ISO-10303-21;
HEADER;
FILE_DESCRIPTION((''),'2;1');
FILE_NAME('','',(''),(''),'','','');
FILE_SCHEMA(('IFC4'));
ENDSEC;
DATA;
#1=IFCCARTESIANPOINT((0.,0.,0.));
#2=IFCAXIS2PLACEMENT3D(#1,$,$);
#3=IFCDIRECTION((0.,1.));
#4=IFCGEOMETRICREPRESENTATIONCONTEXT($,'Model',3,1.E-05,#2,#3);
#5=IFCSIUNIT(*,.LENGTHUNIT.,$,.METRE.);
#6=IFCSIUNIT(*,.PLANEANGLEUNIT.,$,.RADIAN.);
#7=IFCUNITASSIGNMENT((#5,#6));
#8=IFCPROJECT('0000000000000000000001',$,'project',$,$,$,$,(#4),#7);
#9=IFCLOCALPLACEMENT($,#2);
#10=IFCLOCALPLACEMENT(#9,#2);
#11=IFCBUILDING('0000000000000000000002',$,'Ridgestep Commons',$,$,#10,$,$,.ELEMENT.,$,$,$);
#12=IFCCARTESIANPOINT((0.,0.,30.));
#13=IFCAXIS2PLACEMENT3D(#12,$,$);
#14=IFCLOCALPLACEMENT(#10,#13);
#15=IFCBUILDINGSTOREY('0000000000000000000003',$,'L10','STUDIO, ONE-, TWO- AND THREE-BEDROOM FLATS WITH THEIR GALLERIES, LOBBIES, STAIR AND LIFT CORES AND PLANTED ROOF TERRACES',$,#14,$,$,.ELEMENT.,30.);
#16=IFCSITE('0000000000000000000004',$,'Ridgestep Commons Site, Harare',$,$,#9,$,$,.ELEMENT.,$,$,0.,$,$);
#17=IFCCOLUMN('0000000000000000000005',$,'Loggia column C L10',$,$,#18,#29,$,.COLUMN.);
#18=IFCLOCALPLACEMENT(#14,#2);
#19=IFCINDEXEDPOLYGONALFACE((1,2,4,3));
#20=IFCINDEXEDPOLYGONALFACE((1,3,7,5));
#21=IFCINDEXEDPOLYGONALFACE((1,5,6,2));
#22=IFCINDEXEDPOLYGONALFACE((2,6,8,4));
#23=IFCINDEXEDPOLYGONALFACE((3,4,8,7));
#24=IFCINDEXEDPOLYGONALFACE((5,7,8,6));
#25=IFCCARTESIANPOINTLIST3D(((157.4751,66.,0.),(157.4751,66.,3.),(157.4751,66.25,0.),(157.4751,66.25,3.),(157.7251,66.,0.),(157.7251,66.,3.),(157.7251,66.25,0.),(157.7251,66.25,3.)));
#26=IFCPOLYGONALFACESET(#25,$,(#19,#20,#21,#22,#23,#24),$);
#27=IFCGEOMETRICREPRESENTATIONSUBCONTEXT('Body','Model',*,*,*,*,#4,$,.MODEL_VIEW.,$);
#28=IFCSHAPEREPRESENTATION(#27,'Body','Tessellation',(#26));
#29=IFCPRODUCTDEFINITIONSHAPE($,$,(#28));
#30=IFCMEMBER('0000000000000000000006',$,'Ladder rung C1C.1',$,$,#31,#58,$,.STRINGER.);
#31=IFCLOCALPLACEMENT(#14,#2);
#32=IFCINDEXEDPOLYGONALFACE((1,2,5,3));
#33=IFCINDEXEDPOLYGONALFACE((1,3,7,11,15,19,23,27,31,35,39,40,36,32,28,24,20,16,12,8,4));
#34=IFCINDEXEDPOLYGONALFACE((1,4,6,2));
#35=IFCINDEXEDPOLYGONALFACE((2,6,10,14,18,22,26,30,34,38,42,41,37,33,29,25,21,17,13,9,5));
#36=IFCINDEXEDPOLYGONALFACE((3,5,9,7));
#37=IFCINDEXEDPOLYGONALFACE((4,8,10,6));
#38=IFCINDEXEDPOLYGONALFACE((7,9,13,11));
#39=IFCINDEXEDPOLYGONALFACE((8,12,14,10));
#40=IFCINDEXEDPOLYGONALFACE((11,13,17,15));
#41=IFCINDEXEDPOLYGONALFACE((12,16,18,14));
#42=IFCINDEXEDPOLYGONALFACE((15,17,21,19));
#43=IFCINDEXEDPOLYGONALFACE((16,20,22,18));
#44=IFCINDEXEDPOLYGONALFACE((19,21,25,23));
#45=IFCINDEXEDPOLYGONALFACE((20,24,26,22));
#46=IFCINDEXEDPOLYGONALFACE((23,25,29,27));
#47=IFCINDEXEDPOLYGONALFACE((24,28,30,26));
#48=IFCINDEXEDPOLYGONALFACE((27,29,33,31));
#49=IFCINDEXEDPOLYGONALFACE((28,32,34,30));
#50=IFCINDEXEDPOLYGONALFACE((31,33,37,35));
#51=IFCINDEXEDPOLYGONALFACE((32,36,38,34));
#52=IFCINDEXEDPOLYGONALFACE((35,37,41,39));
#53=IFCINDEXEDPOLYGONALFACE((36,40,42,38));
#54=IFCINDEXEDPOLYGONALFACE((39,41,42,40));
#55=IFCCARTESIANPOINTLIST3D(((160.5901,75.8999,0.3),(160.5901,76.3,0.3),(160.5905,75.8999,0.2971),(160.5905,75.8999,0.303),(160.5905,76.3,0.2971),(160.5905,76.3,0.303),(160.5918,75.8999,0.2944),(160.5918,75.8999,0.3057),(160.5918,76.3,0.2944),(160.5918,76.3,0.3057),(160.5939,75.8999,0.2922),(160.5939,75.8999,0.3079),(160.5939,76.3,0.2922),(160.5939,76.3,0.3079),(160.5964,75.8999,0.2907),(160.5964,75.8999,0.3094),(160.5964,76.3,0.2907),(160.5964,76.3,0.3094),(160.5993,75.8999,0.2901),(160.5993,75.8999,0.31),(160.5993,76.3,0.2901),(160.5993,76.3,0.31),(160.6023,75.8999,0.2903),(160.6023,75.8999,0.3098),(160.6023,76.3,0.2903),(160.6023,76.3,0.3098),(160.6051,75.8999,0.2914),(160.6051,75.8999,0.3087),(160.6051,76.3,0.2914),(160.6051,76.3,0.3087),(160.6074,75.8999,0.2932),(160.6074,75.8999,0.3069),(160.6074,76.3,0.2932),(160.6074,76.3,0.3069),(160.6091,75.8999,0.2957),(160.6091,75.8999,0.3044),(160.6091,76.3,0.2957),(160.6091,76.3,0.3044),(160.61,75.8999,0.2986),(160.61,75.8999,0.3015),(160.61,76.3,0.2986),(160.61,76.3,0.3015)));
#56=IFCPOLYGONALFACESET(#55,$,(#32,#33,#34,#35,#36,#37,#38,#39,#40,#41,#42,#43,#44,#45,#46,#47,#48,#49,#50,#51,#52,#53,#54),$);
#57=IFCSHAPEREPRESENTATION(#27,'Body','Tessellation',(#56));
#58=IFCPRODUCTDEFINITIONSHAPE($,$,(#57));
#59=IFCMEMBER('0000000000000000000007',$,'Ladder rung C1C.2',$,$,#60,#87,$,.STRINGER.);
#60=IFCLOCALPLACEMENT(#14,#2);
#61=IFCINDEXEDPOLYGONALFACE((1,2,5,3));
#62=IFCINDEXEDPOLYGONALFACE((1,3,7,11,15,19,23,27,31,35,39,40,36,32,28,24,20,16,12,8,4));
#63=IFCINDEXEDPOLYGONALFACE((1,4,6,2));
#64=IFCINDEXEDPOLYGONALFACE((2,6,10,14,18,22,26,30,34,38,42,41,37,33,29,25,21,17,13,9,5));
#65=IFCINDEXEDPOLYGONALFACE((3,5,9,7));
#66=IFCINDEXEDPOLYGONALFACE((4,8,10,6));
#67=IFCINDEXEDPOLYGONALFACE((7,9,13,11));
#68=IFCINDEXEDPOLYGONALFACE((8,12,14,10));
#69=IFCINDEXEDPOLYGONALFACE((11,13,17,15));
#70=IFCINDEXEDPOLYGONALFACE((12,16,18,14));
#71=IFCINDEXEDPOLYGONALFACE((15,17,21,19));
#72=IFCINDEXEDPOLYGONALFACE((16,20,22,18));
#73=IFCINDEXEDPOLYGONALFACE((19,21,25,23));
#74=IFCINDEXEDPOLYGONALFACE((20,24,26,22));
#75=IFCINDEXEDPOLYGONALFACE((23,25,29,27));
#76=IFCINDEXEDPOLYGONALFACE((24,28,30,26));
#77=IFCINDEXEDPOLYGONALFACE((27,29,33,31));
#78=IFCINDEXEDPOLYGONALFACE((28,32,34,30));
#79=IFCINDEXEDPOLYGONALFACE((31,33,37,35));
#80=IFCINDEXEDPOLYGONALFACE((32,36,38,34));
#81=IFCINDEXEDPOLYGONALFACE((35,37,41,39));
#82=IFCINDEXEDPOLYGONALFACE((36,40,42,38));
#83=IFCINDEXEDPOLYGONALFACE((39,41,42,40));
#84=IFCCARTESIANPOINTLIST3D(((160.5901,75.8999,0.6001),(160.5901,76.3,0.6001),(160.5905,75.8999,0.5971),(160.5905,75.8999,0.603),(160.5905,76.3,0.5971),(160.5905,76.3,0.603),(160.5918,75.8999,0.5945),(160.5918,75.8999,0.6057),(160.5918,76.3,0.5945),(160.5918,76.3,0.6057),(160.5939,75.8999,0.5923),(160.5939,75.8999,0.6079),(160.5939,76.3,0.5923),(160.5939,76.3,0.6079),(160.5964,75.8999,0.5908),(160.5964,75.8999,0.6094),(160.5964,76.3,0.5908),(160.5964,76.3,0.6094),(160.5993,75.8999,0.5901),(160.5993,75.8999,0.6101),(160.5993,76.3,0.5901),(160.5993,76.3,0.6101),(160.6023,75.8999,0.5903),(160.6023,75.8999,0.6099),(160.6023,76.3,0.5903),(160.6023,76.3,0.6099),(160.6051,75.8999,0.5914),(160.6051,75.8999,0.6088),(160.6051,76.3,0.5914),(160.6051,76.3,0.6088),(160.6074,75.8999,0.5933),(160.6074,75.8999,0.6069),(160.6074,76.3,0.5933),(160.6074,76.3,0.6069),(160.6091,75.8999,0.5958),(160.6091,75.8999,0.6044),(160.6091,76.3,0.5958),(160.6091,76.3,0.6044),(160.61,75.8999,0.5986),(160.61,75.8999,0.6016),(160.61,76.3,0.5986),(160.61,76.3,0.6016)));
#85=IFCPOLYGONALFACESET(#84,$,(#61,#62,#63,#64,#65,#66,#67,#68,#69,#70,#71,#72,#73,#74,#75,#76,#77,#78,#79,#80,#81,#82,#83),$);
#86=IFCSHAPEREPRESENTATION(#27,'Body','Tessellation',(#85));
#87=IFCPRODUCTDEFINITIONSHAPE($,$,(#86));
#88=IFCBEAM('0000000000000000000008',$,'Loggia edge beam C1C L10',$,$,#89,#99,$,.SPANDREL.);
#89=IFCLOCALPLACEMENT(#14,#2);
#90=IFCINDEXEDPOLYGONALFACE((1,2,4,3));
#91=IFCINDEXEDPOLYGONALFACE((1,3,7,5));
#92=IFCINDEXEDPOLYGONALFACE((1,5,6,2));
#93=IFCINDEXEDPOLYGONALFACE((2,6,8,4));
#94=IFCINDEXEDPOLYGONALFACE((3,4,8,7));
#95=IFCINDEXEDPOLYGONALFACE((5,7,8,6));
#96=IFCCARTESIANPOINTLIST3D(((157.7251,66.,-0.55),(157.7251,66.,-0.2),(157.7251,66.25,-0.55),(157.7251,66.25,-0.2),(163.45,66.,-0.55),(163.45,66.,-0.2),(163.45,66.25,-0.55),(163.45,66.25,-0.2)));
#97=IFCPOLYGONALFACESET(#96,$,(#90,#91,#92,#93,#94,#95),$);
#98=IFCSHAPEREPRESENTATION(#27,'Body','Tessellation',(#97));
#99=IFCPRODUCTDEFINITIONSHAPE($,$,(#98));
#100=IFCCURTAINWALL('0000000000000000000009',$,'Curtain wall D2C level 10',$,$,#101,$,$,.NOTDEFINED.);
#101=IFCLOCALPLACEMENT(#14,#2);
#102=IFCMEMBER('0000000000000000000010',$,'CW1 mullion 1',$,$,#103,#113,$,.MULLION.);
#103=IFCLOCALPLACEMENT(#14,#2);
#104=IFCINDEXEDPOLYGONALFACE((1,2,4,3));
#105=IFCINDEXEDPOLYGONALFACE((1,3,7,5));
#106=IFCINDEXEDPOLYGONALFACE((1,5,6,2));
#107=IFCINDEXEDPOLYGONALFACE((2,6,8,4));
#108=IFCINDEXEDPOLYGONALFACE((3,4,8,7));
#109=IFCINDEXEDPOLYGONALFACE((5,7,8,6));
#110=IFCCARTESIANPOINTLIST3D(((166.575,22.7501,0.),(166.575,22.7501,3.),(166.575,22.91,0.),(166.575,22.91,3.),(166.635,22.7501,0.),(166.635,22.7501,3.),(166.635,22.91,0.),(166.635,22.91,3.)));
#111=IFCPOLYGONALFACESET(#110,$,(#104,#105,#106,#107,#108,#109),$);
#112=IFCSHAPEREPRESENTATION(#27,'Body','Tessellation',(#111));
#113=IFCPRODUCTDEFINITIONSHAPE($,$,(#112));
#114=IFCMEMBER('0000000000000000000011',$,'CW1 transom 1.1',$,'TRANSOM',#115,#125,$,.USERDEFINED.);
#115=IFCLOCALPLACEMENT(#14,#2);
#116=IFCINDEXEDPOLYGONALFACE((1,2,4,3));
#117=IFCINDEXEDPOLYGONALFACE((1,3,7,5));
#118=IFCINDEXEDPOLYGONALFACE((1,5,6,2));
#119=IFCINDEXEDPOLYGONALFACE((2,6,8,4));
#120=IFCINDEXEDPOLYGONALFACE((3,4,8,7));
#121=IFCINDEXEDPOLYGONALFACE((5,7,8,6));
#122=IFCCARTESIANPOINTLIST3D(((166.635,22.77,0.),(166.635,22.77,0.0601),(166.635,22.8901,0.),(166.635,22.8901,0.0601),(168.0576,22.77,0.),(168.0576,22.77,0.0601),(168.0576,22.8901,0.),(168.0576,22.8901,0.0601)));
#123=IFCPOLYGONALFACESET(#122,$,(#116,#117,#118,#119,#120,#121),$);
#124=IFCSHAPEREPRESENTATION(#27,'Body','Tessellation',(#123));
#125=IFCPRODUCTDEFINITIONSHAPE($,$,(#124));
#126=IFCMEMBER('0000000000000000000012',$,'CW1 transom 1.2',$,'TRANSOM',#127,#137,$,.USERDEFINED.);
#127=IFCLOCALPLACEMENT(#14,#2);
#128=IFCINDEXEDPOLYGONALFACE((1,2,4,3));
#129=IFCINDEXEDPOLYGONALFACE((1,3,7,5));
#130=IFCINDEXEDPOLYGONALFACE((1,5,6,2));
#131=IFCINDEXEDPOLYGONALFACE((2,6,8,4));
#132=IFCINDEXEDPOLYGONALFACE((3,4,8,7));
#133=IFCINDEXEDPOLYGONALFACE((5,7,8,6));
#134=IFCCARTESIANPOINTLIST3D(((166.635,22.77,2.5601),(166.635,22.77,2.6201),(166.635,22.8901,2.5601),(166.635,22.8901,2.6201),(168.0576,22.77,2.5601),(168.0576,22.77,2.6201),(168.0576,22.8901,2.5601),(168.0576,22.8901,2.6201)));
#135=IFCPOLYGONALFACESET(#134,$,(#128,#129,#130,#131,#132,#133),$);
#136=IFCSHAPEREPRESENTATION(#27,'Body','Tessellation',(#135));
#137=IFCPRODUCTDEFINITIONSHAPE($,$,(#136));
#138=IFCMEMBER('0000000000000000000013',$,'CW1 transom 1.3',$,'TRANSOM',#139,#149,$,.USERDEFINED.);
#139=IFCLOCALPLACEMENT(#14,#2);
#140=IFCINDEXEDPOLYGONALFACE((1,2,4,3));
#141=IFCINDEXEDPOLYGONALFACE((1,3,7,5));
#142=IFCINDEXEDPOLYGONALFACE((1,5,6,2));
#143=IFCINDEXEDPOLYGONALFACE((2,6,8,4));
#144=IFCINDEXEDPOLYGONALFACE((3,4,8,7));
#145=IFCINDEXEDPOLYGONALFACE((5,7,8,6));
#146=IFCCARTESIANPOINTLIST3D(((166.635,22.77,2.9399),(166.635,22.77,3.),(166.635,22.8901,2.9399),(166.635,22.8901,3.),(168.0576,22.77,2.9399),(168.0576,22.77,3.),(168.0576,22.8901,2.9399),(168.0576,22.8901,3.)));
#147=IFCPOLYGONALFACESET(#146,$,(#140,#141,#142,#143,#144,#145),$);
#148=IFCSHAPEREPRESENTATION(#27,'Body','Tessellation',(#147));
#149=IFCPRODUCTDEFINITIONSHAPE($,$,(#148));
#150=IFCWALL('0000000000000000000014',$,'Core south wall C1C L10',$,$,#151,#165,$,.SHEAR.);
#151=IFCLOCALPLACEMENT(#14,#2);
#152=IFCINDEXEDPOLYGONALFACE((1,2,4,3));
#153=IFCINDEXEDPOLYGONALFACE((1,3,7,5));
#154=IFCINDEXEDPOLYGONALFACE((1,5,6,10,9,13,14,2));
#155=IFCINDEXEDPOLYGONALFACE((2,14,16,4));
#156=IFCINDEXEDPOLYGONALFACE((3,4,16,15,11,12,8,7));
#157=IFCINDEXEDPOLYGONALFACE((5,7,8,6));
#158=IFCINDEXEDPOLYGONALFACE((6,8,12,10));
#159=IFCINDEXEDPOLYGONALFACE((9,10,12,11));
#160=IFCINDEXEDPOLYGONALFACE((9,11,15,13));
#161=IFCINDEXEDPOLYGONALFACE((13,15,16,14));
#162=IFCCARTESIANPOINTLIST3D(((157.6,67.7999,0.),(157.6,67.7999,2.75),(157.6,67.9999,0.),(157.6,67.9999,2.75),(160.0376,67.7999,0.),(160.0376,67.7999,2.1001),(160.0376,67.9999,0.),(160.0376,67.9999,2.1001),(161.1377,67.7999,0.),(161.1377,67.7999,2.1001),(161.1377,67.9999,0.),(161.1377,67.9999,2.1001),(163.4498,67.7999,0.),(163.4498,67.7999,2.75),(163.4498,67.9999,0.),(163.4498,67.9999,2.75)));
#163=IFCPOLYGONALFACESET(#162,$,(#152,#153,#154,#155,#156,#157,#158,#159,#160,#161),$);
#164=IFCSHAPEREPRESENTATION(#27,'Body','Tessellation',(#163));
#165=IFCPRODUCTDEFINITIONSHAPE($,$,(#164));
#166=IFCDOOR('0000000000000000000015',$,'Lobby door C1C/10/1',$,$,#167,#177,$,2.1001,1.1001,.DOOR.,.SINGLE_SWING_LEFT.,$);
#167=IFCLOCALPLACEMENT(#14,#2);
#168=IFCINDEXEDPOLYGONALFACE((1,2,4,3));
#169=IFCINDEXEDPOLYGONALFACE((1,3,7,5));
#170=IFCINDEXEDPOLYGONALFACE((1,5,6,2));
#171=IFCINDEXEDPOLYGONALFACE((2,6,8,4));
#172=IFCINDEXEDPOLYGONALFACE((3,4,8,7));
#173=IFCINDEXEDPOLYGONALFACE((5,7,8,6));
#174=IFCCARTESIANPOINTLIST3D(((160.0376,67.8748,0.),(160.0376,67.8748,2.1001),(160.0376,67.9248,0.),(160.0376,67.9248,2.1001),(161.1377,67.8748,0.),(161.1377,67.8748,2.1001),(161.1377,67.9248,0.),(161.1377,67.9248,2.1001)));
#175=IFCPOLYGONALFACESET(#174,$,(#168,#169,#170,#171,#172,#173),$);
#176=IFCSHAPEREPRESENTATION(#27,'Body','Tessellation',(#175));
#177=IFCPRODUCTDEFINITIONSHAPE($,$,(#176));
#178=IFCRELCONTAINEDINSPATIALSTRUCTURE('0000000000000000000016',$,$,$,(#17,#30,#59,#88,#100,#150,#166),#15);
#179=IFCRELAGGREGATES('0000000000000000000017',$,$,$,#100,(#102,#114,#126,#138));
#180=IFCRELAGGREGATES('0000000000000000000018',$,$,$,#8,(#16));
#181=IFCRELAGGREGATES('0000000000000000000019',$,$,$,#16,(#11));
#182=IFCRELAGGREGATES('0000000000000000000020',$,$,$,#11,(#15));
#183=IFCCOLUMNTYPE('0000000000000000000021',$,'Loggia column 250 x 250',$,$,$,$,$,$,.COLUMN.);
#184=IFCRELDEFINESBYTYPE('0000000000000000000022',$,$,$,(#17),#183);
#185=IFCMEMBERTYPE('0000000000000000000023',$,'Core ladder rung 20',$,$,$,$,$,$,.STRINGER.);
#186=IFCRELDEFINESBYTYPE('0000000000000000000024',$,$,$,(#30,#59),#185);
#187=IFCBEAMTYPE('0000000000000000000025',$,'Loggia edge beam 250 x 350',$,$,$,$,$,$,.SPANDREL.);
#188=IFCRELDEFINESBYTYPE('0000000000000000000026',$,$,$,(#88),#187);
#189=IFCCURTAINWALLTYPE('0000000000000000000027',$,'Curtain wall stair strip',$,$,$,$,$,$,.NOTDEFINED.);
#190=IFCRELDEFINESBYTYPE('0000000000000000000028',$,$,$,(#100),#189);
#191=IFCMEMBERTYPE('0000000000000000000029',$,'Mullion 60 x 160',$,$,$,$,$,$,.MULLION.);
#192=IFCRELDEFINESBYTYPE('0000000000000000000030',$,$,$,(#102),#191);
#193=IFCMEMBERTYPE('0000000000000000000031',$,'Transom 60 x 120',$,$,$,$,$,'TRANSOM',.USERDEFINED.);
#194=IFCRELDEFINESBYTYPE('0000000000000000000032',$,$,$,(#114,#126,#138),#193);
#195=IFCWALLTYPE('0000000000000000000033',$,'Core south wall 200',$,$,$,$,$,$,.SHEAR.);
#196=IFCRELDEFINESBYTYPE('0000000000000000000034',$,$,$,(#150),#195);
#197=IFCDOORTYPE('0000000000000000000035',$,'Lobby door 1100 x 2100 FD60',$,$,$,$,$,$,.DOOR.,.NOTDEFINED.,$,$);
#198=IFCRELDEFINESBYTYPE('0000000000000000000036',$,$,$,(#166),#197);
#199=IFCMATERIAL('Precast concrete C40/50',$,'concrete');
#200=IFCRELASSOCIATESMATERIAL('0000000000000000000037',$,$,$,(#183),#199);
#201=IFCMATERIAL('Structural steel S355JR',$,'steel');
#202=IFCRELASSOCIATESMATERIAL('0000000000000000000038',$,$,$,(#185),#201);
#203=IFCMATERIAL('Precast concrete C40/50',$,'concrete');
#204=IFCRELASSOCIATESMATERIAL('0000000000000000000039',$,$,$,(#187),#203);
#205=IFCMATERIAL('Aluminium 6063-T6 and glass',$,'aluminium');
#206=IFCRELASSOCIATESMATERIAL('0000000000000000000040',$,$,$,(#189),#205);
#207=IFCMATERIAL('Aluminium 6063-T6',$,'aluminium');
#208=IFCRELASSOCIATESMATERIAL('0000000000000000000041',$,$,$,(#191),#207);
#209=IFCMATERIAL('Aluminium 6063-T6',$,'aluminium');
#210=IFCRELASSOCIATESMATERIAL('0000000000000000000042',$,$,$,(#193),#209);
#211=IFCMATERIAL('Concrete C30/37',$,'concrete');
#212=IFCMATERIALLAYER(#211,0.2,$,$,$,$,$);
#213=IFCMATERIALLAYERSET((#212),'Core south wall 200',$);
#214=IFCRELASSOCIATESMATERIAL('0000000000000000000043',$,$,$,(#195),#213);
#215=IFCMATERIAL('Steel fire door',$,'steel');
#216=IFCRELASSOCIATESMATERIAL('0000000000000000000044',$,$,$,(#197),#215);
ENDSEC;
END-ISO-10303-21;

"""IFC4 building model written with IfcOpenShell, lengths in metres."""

from ifc_helpers import new_model, si_unit, direction, frame, frame_2d, origin, origin_2d, place, context, subcontext, project, spatial, rectangle, circle, extrude, material, layer, layer_set, material_profile, profile_set, type_object, element, fill, aggregate, save


model = new_model("IFC4")

# Units and contexts
model_context = context("Model", 3, precision=1e-05, world=origin(), true_north=direction((0.0, 1.0)))
body_context = subcontext(model_context, "Body", "Model", "MODEL_VIEW")
ifc_project = project(units=[si_unit("LENGTHUNIT", "METRE"), si_unit("PLANEANGLEUNIT", "RADIAN")], contexts=[model_context])

# Site, building, storey
site_placement = place(None, origin())
site = spatial("IfcSite", under=ifc_project, at=site_placement, Name="Ridgestep Commons Site, Harare", CompositionType="ELEMENT", RefElevation=0.0)
building_placement = place(site_placement, origin())
building = spatial("IfcBuilding", under=site, at=building_placement, Name="Ridgestep Commons", CompositionType="ELEMENT")
storey_placement = place(building_placement, frame((0.0, 0.0, 30.0)))
storey = spatial("IfcBuildingStorey", under=building, at=storey_placement, Name="L10", Description="STUDIO, ONE-, TWO- AND THREE-BEDROOM FLATS WITH THEIR GALLERIES, LOBBIES, STAIR AND LIFT CORES AND PLANTED ROOF TERRACES", CompositionType="ELEMENT", Elevation=30.0)

# Column
ifc_material_1 = material(Name="Precast concrete C40/50", Category="concrete")
ifc_material_profile_1 = material_profile(ifc_material_1, rectangle(XDim=0.25, YDim=0.25, at=origin_2d()), Name="PC 250x250")
ifc_profile_set_1 = profile_set([ifc_material_profile_1], Name="Precast concrete C40/50")
column_type = type_object("IfcColumnType", Name="Loggia column 250 x 250", PredefinedType="COLUMN", material=ifc_profile_set_1)
column_placement = place(storey_placement, frame((157.6001, 66.125, 0.0), z_axis=(0.0, 0.0, 1.0), x_axis=(1.0, 0.0, 0.0)))
element("IfcColumn", 1, at=column_placement, inside=storey, type_object=column_type, Name="Loggia column C L10", PredefinedType="COLUMN", context=body_context, shape_type="SweptSolid", body=[
    extrude(rectangle(XDim=0.25, YDim=0.25, at=origin_2d()), origin(), (0.0, 0.0, 1.0), 3.0),
])

# Members
ifc_material_2 = material(Name="Structural steel S355JR", Category="steel")
ifc_material_profile_2 = material_profile(ifc_material_2, circle(Radius=0.01, at=origin_2d()), Name="Round bar 20")
ifc_profile_set_2 = profile_set([ifc_material_profile_2], Name="Structural steel S355JR")
member_type_1 = type_object("IfcMemberType", Name="Core ladder rung 20", PredefinedType="STRINGER", material=ifc_profile_set_2)
for number, where, z_axis, x_axis, name in (
    (2, (160.6001, 75.8999, 0.3), (0.0, 1.0, 0.0), (-1.0, 0.0, 0.0), "Ladder rung C1C.1"),
    (3, (160.6001, 75.8999, 0.6001), (0.0, 1.0, 0.0), (-1.0, 0.0, 0.0), "Ladder rung C1C.2"),
):
    element("IfcMember", number, at=place(storey_placement, frame(where, z_axis=z_axis, x_axis=x_axis)), inside=storey, type_object=member_type_1, Name=name, PredefinedType="STRINGER", context=body_context, shape_type="SweptSolid", body=[
        extrude(circle(Radius=0.01, at=origin_2d()), origin(), (0.0, 0.0, 1.0), 0.4001),
    ])

# Beam
ifc_material_3 = material(Name="Precast concrete C40/50", Category="concrete")
ifc_material_profile_3 = material_profile(ifc_material_3, rectangle(XDim=0.25, YDim=0.3501, at=origin_2d()), Name="PC 250x350")
ifc_profile_set_3 = profile_set([ifc_material_profile_3], Name="Precast concrete C40/50")
beam_type = type_object("IfcBeamType", Name="Loggia edge beam 250 x 350", PredefinedType="SPANDREL", material=ifc_profile_set_3)
beam_placement = place(storey_placement, frame((157.7251, 66.125, -0.375), z_axis=(1.0, 0.0, 0.0), x_axis=(0.0, 1.0, 0.0)))
element("IfcBeam", 4, at=beam_placement, inside=storey, type_object=beam_type, Name="Loggia edge beam C1C L10", PredefinedType="SPANDREL", context=body_context, shape_type="SweptSolid", body=[
    extrude(rectangle(XDim=0.25, YDim=0.3501, at=origin_2d()), origin(), (0.0, 0.0, 1.0), 5.7249),
])

# Curtain wall, members
ifc_material_4 = material(Name="Aluminium 6063-T6 and glass", Category="aluminium")
curtain_wall_type = type_object("IfcCurtainWallType", Name="Curtain wall stair strip", PredefinedType="NOTDEFINED", material=ifc_material_4)
curtain_wall_placement = place(storey_placement, origin())
curtain_wall = element("IfcCurtainWall", 5, at=curtain_wall_placement, inside=storey, type_object=curtain_wall_type, Name="Curtain wall D2C level 10", PredefinedType="NOTDEFINED")
ifc_material_5 = material(Name="Aluminium 6063-T6", Category="aluminium")
ifc_material_profile_4 = material_profile(ifc_material_5, rectangle(XDim=0.1599, YDim=0.0601, at=origin_2d()), Name="Mullion 60 x 160")
ifc_profile_set_4 = profile_set([ifc_material_profile_4], Name="Aluminium 6063-T6")
member_type_2 = type_object("IfcMemberType", Name="Mullion 60 x 160", PredefinedType="MULLION", material=ifc_profile_set_4)
member_1_placement = place(storey_placement, frame((166.605, 22.8301, 0.0), z_axis=(0.0, 0.0, 1.0), x_axis=(0.0, 1.0, 0.0)))
member_1 = element("IfcMember", 6, at=member_1_placement, type_object=member_type_2, Name="CW1 mullion 1", PredefinedType="MULLION", context=body_context, shape_type="SweptSolid", body=[
    extrude(rectangle(XDim=0.1599, YDim=0.0601, at=origin_2d()), origin(), (0.0, 0.0, 1.0), 3.0),
])
ifc_material_6 = material(Name="Aluminium 6063-T6", Category="aluminium")
ifc_material_profile_5 = material_profile(ifc_material_6, rectangle(XDim=0.1201, YDim=0.0601, at=origin_2d()), Name="Transom 60 x 120")
ifc_profile_set_5 = profile_set([ifc_material_profile_5], Name="Aluminium 6063-T6")
member_type_3 = type_object("IfcMemberType", Name="Transom 60 x 120", ElementType="TRANSOM", PredefinedType="USERDEFINED", material=ifc_profile_set_5)
member_2_placement = place(storey_placement, frame((166.635, 22.8301, 0.03), z_axis=(1.0, 0.0, 0.0), x_axis=(0.0, 1.0, 0.0)))
member_2 = element("IfcMember", 7, at=member_2_placement, type_object=member_type_3, Name="CW1 transom 1.1", ObjectType="TRANSOM", PredefinedType="USERDEFINED", context=body_context, shape_type="SweptSolid", body=[
    extrude(rectangle(XDim=0.1201, YDim=0.0601, at=origin_2d()), origin(), (0.0, 0.0, 1.0), 1.4226),
])
member_3_placement = place(storey_placement, frame((166.635, 22.8301, 2.5901), z_axis=(1.0, 0.0, 0.0), x_axis=(0.0, 1.0, 0.0)))
member_3 = element("IfcMember", 8, at=member_3_placement, type_object=member_type_3, Name="CW1 transom 1.2", ObjectType="TRANSOM", PredefinedType="USERDEFINED", context=body_context, shape_type="SweptSolid", body=[
    extrude(rectangle(XDim=0.1201, YDim=0.0601, at=origin_2d()), origin(), (0.0, 0.0, 1.0), 1.4226),
])
member_4_placement = place(storey_placement, frame((166.635, 22.8301, 2.97), z_axis=(1.0, 0.0, 0.0), x_axis=(0.0, 1.0, 0.0)))
member_4 = element("IfcMember", 9, at=member_4_placement, type_object=member_type_3, Name="CW1 transom 1.3", ObjectType="TRANSOM", PredefinedType="USERDEFINED", context=body_context, shape_type="SweptSolid", body=[
    extrude(rectangle(XDim=0.1201, YDim=0.0601, at=origin_2d()), origin(), (0.0, 0.0, 1.0), 1.4226),
])
aggregate(curtain_wall, [member_1, member_2, member_3, member_4])

# Wall, opening, door
ifc_material_7 = material(Name="Concrete C30/37", Category="concrete")
ifc_layer_1 = layer(ifc_material_7, 0.2)
ifc_layer_set_1 = layer_set([ifc_layer_1], Name="Core south wall 200")
wall_type_1 = type_object("IfcWallType", Name="Core south wall 200", PredefinedType="SHEAR", material=ifc_layer_set_1)
wall_1_placement = place(storey_placement, frame((157.6001, 67.8999, 0.0), z_axis=(0.0, 0.0, 1.0), x_axis=(1.0, 0.0, 0.0)))
wall_1 = element("IfcWall", 10, at=wall_1_placement, inside=storey, type_object=wall_type_1, Name="Core south wall C1C L10", PredefinedType="SHEAR", context=body_context, shape_type="SweptSolid", body=[
    extrude(rectangle(XDim=5.8499, YDim=0.2, at=frame_2d((2.9248, 0.0))), origin(), (0.0, 0.0, 1.0), 2.75),
])
opening_1_placement = place(wall_1_placement, frame((2.4375, 0.0, 0.0)))
opening_1 = element("IfcOpeningElement", 11, at=opening_1_placement, cuts=wall_1, PredefinedType="OPENING", context=body_context, shape_type="SweptSolid", body=[
    extrude(rectangle(XDim=1.1001, YDim=2.1001, at=frame_2d((0.55, 1.05))), frame((0.0, 0.1099, 0.0), z_axis=(0.0, -1.0, 0.0), x_axis=(1.0, 0.0, 0.0)), (0.0, 0.0, 1.0), 0.22),
])
ifc_material_8 = material(Name="Steel fire door", Category="steel")
door_type_1 = type_object("IfcDoorType", Name="Lobby door 1100 x 2100 FD60", OperationType="NOTDEFINED", PredefinedType="DOOR", material=ifc_material_8)
door_1_placement = place(opening_1_placement, origin())
door_1 = element("IfcDoor", 12, at=door_1_placement, inside=storey, type_object=door_type_1, Name="Lobby door C1C/10/1", OperationType="SINGLE_SWING_LEFT", OverallHeight=2.1001, OverallWidth=1.1001, PredefinedType="DOOR", context=body_context, shape_type="SweptSolid", body=[
    extrude(rectangle(XDim=1.1001, YDim=2.1001, at=frame_2d((0.55, 1.05))), frame((0.0, 0.0249, 0.0), z_axis=(0.0, -1.0, 0.0), x_axis=(1.0, 0.0, 0.0)), (0.0, 0.0, 1.0), 0.05),
])
fill(opening_1, door_1)

save(model, "model.ifc")
